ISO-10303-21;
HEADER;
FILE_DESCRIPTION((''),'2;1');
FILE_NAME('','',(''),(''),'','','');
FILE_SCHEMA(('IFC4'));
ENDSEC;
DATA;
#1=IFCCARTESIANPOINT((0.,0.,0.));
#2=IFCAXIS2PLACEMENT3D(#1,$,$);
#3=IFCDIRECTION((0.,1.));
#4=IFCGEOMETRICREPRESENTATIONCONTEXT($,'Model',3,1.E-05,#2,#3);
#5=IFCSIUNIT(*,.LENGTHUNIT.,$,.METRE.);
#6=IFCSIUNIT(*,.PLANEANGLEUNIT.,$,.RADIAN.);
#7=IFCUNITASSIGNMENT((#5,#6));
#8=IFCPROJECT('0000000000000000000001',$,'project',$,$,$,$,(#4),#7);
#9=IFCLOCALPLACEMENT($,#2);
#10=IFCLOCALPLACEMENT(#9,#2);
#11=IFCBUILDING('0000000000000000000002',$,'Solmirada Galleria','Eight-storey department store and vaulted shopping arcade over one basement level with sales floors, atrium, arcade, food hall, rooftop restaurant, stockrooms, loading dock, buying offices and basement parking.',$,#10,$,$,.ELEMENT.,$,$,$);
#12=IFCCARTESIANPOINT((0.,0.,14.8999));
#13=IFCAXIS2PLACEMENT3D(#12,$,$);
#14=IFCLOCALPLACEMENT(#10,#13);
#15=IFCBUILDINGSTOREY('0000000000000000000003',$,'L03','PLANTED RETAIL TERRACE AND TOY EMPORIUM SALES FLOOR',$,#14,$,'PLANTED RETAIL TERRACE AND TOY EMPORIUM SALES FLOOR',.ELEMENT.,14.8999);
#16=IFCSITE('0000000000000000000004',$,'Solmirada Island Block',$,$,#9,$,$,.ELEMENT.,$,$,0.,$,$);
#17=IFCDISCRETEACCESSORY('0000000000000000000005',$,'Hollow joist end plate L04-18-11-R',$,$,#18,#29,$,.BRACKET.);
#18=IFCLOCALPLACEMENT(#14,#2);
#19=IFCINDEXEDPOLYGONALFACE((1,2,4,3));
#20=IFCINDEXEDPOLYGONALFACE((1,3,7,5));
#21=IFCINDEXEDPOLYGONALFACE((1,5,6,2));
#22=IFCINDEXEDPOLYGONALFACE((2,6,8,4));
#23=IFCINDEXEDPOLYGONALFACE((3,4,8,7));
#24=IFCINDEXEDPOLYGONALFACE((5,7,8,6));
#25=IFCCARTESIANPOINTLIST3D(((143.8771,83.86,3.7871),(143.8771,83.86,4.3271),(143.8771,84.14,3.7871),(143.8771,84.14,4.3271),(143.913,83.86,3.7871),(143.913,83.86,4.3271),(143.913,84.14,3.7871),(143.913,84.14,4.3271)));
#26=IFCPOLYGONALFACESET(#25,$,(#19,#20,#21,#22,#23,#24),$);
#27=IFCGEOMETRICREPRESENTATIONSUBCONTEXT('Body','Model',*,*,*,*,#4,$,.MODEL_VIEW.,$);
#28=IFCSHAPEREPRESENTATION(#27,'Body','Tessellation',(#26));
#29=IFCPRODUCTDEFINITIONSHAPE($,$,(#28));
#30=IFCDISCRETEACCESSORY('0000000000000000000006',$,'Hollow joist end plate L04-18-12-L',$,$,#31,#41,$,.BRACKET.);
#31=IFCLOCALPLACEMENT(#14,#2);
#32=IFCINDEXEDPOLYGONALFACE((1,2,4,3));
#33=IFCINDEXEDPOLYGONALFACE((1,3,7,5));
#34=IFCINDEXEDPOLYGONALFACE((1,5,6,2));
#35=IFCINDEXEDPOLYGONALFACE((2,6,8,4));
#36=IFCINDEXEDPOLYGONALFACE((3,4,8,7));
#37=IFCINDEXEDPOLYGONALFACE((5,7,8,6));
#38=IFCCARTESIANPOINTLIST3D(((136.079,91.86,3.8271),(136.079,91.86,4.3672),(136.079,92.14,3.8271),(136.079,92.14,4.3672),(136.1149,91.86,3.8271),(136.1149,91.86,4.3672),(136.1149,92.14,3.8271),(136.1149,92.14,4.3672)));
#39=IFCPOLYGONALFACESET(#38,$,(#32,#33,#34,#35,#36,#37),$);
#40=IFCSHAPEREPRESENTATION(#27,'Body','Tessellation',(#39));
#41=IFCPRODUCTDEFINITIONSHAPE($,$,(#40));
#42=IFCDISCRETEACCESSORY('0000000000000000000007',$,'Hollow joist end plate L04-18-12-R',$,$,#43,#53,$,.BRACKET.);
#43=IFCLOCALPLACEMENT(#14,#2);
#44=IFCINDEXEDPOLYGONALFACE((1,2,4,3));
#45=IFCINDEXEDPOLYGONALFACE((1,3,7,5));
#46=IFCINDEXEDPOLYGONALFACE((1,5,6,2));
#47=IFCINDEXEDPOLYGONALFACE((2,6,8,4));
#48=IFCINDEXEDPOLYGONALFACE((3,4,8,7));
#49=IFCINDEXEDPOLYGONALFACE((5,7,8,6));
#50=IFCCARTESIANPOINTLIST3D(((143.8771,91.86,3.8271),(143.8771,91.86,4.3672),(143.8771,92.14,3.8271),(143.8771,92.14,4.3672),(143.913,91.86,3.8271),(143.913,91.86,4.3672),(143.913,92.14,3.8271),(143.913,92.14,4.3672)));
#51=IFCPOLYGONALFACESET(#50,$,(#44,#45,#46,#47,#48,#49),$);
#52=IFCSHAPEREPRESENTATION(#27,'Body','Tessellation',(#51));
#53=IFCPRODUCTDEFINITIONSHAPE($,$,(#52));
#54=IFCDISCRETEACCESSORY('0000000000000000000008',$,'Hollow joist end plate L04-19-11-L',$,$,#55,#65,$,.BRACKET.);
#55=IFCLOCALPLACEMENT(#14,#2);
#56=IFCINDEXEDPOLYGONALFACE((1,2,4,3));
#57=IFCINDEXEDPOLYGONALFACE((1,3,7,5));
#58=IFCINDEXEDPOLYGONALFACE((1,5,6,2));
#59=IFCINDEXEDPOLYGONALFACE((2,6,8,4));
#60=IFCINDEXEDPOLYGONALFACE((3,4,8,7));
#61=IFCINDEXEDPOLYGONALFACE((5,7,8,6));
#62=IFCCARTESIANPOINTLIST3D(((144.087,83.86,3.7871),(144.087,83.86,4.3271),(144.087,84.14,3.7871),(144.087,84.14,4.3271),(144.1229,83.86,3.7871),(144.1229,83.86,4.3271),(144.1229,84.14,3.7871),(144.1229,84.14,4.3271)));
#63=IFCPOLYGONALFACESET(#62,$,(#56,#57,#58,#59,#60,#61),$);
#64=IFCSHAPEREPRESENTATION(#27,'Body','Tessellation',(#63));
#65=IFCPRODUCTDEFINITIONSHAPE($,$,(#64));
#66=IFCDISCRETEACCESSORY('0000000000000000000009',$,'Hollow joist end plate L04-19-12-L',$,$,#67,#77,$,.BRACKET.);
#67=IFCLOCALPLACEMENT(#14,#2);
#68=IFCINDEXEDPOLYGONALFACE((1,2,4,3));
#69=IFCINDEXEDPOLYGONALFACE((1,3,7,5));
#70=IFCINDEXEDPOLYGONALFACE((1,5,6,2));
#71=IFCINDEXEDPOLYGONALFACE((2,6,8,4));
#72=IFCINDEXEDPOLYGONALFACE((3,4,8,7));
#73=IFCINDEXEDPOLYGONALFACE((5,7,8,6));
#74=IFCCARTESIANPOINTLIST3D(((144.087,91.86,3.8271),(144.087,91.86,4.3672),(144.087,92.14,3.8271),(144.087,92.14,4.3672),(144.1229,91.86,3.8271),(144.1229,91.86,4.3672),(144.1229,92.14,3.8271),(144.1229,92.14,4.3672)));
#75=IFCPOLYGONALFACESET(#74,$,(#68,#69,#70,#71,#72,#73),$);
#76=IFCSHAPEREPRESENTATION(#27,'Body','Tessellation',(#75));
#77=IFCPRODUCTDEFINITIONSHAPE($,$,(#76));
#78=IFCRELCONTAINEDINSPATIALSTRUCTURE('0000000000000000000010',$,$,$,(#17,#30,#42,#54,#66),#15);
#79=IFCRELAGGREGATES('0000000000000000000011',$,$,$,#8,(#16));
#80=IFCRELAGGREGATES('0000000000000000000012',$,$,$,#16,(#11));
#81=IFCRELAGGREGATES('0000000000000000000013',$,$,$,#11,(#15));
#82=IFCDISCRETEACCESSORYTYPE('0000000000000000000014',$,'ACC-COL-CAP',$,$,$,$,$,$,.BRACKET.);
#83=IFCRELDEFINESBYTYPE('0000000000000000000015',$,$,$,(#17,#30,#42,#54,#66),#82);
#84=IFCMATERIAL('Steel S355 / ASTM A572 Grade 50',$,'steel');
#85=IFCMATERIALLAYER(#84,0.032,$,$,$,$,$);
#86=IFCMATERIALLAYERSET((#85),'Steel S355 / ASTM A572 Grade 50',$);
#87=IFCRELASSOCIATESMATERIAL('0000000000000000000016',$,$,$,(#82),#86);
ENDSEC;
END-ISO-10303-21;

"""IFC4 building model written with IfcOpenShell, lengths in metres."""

from ifc_helpers import new_model, si_unit, direction, frame, origin, origin_2d, place, context, subcontext, project, spatial, rectangle, extrude, material, layer, layer_set, type_object, element, save


model = new_model("IFC4")

# Units and contexts
model_context = context("Model", 3, precision=1e-05, world=origin(), true_north=direction((0.0, 1.0)))
body_context = subcontext(model_context, "Body", "Model", "MODEL_VIEW")
ifc_project = project(units=[si_unit("LENGTHUNIT", "METRE"), si_unit("PLANEANGLEUNIT", "RADIAN")], contexts=[model_context])

# Site, building, storey
site_placement = place(None, origin())
site = spatial("IfcSite", under=ifc_project, at=site_placement, Name="Solmirada Island Block", CompositionType="ELEMENT", RefElevation=0.0)
building_placement = place(site_placement, origin())
building = spatial("IfcBuilding", under=site, at=building_placement, Name="Solmirada Galleria", Description="Eight-storey department store and vaulted shopping arcade over one basement level with sales floors, atrium, arcade, food hall, rooftop restaurant, stockrooms, loading dock, buying offices and basement parking.", CompositionType="ELEMENT")
storey_placement = place(building_placement, frame((0.0, 0.0, 14.8999)))
storey = spatial("IfcBuildingStorey", under=building, at=storey_placement, Name="L03", Description="PLANTED RETAIL TERRACE AND TOY EMPORIUM SALES FLOOR", LongName="PLANTED RETAIL TERRACE AND TOY EMPORIUM SALES FLOOR", CompositionType="ELEMENT", Elevation=14.8999)

# Discrete accessories
ifc_material_1 = material(Name="Steel S355 / ASTM A572 Grade 50", Category="steel")
ifc_layer_1 = layer(ifc_material_1, 0.032)
ifc_layer_set_1 = layer_set([ifc_layer_1], Name="Steel S355 / ASTM A572 Grade 50")
discrete_accessory_type_1 = type_object("IfcDiscreteAccessoryType", Name="ACC-COL-CAP", PredefinedType="BRACKET", material=ifc_layer_set_1)
for number, where, z_axis, x_axis, name in (
    (1, (143.895, 84.0, 3.7871), (0.0, 0.0, 1.0), (1.0, 0.0, 0.0), "Hollow joist end plate L04-18-11-R"),
    (2, (136.0969, 92.0, 3.8271), (0.0, 0.0, 1.0), (1.0, 0.0, 0.0), "Hollow joist end plate L04-18-12-L"),
    (3, (143.895, 92.0, 3.8271), (0.0, 0.0, 1.0), (1.0, 0.0, 0.0), "Hollow joist end plate L04-18-12-R"),
    (4, (144.105, 84.0, 3.7871), (0.0, 0.0, 1.0), (1.0, 0.0, 0.0), "Hollow joist end plate L04-19-11-L"),
    (5, (144.105, 92.0, 3.8271), (0.0, 0.0, 1.0), (1.0, 0.0, 0.0), "Hollow joist end plate L04-19-12-L"),
):
    element("IfcDiscreteAccessory", number, at=place(storey_placement, frame(where, z_axis=z_axis, x_axis=x_axis)), inside=storey, type_object=discrete_accessory_type_1, Name=name, PredefinedType="BRACKET", context=body_context, shape_type="SweptSolid", body=[
        extrude(rectangle(XDim=0.0359, YDim=0.28, at=origin_2d()), origin(), (0.0, 0.0, 1.0), 0.54),
    ])

save(model, "model.ifc")
